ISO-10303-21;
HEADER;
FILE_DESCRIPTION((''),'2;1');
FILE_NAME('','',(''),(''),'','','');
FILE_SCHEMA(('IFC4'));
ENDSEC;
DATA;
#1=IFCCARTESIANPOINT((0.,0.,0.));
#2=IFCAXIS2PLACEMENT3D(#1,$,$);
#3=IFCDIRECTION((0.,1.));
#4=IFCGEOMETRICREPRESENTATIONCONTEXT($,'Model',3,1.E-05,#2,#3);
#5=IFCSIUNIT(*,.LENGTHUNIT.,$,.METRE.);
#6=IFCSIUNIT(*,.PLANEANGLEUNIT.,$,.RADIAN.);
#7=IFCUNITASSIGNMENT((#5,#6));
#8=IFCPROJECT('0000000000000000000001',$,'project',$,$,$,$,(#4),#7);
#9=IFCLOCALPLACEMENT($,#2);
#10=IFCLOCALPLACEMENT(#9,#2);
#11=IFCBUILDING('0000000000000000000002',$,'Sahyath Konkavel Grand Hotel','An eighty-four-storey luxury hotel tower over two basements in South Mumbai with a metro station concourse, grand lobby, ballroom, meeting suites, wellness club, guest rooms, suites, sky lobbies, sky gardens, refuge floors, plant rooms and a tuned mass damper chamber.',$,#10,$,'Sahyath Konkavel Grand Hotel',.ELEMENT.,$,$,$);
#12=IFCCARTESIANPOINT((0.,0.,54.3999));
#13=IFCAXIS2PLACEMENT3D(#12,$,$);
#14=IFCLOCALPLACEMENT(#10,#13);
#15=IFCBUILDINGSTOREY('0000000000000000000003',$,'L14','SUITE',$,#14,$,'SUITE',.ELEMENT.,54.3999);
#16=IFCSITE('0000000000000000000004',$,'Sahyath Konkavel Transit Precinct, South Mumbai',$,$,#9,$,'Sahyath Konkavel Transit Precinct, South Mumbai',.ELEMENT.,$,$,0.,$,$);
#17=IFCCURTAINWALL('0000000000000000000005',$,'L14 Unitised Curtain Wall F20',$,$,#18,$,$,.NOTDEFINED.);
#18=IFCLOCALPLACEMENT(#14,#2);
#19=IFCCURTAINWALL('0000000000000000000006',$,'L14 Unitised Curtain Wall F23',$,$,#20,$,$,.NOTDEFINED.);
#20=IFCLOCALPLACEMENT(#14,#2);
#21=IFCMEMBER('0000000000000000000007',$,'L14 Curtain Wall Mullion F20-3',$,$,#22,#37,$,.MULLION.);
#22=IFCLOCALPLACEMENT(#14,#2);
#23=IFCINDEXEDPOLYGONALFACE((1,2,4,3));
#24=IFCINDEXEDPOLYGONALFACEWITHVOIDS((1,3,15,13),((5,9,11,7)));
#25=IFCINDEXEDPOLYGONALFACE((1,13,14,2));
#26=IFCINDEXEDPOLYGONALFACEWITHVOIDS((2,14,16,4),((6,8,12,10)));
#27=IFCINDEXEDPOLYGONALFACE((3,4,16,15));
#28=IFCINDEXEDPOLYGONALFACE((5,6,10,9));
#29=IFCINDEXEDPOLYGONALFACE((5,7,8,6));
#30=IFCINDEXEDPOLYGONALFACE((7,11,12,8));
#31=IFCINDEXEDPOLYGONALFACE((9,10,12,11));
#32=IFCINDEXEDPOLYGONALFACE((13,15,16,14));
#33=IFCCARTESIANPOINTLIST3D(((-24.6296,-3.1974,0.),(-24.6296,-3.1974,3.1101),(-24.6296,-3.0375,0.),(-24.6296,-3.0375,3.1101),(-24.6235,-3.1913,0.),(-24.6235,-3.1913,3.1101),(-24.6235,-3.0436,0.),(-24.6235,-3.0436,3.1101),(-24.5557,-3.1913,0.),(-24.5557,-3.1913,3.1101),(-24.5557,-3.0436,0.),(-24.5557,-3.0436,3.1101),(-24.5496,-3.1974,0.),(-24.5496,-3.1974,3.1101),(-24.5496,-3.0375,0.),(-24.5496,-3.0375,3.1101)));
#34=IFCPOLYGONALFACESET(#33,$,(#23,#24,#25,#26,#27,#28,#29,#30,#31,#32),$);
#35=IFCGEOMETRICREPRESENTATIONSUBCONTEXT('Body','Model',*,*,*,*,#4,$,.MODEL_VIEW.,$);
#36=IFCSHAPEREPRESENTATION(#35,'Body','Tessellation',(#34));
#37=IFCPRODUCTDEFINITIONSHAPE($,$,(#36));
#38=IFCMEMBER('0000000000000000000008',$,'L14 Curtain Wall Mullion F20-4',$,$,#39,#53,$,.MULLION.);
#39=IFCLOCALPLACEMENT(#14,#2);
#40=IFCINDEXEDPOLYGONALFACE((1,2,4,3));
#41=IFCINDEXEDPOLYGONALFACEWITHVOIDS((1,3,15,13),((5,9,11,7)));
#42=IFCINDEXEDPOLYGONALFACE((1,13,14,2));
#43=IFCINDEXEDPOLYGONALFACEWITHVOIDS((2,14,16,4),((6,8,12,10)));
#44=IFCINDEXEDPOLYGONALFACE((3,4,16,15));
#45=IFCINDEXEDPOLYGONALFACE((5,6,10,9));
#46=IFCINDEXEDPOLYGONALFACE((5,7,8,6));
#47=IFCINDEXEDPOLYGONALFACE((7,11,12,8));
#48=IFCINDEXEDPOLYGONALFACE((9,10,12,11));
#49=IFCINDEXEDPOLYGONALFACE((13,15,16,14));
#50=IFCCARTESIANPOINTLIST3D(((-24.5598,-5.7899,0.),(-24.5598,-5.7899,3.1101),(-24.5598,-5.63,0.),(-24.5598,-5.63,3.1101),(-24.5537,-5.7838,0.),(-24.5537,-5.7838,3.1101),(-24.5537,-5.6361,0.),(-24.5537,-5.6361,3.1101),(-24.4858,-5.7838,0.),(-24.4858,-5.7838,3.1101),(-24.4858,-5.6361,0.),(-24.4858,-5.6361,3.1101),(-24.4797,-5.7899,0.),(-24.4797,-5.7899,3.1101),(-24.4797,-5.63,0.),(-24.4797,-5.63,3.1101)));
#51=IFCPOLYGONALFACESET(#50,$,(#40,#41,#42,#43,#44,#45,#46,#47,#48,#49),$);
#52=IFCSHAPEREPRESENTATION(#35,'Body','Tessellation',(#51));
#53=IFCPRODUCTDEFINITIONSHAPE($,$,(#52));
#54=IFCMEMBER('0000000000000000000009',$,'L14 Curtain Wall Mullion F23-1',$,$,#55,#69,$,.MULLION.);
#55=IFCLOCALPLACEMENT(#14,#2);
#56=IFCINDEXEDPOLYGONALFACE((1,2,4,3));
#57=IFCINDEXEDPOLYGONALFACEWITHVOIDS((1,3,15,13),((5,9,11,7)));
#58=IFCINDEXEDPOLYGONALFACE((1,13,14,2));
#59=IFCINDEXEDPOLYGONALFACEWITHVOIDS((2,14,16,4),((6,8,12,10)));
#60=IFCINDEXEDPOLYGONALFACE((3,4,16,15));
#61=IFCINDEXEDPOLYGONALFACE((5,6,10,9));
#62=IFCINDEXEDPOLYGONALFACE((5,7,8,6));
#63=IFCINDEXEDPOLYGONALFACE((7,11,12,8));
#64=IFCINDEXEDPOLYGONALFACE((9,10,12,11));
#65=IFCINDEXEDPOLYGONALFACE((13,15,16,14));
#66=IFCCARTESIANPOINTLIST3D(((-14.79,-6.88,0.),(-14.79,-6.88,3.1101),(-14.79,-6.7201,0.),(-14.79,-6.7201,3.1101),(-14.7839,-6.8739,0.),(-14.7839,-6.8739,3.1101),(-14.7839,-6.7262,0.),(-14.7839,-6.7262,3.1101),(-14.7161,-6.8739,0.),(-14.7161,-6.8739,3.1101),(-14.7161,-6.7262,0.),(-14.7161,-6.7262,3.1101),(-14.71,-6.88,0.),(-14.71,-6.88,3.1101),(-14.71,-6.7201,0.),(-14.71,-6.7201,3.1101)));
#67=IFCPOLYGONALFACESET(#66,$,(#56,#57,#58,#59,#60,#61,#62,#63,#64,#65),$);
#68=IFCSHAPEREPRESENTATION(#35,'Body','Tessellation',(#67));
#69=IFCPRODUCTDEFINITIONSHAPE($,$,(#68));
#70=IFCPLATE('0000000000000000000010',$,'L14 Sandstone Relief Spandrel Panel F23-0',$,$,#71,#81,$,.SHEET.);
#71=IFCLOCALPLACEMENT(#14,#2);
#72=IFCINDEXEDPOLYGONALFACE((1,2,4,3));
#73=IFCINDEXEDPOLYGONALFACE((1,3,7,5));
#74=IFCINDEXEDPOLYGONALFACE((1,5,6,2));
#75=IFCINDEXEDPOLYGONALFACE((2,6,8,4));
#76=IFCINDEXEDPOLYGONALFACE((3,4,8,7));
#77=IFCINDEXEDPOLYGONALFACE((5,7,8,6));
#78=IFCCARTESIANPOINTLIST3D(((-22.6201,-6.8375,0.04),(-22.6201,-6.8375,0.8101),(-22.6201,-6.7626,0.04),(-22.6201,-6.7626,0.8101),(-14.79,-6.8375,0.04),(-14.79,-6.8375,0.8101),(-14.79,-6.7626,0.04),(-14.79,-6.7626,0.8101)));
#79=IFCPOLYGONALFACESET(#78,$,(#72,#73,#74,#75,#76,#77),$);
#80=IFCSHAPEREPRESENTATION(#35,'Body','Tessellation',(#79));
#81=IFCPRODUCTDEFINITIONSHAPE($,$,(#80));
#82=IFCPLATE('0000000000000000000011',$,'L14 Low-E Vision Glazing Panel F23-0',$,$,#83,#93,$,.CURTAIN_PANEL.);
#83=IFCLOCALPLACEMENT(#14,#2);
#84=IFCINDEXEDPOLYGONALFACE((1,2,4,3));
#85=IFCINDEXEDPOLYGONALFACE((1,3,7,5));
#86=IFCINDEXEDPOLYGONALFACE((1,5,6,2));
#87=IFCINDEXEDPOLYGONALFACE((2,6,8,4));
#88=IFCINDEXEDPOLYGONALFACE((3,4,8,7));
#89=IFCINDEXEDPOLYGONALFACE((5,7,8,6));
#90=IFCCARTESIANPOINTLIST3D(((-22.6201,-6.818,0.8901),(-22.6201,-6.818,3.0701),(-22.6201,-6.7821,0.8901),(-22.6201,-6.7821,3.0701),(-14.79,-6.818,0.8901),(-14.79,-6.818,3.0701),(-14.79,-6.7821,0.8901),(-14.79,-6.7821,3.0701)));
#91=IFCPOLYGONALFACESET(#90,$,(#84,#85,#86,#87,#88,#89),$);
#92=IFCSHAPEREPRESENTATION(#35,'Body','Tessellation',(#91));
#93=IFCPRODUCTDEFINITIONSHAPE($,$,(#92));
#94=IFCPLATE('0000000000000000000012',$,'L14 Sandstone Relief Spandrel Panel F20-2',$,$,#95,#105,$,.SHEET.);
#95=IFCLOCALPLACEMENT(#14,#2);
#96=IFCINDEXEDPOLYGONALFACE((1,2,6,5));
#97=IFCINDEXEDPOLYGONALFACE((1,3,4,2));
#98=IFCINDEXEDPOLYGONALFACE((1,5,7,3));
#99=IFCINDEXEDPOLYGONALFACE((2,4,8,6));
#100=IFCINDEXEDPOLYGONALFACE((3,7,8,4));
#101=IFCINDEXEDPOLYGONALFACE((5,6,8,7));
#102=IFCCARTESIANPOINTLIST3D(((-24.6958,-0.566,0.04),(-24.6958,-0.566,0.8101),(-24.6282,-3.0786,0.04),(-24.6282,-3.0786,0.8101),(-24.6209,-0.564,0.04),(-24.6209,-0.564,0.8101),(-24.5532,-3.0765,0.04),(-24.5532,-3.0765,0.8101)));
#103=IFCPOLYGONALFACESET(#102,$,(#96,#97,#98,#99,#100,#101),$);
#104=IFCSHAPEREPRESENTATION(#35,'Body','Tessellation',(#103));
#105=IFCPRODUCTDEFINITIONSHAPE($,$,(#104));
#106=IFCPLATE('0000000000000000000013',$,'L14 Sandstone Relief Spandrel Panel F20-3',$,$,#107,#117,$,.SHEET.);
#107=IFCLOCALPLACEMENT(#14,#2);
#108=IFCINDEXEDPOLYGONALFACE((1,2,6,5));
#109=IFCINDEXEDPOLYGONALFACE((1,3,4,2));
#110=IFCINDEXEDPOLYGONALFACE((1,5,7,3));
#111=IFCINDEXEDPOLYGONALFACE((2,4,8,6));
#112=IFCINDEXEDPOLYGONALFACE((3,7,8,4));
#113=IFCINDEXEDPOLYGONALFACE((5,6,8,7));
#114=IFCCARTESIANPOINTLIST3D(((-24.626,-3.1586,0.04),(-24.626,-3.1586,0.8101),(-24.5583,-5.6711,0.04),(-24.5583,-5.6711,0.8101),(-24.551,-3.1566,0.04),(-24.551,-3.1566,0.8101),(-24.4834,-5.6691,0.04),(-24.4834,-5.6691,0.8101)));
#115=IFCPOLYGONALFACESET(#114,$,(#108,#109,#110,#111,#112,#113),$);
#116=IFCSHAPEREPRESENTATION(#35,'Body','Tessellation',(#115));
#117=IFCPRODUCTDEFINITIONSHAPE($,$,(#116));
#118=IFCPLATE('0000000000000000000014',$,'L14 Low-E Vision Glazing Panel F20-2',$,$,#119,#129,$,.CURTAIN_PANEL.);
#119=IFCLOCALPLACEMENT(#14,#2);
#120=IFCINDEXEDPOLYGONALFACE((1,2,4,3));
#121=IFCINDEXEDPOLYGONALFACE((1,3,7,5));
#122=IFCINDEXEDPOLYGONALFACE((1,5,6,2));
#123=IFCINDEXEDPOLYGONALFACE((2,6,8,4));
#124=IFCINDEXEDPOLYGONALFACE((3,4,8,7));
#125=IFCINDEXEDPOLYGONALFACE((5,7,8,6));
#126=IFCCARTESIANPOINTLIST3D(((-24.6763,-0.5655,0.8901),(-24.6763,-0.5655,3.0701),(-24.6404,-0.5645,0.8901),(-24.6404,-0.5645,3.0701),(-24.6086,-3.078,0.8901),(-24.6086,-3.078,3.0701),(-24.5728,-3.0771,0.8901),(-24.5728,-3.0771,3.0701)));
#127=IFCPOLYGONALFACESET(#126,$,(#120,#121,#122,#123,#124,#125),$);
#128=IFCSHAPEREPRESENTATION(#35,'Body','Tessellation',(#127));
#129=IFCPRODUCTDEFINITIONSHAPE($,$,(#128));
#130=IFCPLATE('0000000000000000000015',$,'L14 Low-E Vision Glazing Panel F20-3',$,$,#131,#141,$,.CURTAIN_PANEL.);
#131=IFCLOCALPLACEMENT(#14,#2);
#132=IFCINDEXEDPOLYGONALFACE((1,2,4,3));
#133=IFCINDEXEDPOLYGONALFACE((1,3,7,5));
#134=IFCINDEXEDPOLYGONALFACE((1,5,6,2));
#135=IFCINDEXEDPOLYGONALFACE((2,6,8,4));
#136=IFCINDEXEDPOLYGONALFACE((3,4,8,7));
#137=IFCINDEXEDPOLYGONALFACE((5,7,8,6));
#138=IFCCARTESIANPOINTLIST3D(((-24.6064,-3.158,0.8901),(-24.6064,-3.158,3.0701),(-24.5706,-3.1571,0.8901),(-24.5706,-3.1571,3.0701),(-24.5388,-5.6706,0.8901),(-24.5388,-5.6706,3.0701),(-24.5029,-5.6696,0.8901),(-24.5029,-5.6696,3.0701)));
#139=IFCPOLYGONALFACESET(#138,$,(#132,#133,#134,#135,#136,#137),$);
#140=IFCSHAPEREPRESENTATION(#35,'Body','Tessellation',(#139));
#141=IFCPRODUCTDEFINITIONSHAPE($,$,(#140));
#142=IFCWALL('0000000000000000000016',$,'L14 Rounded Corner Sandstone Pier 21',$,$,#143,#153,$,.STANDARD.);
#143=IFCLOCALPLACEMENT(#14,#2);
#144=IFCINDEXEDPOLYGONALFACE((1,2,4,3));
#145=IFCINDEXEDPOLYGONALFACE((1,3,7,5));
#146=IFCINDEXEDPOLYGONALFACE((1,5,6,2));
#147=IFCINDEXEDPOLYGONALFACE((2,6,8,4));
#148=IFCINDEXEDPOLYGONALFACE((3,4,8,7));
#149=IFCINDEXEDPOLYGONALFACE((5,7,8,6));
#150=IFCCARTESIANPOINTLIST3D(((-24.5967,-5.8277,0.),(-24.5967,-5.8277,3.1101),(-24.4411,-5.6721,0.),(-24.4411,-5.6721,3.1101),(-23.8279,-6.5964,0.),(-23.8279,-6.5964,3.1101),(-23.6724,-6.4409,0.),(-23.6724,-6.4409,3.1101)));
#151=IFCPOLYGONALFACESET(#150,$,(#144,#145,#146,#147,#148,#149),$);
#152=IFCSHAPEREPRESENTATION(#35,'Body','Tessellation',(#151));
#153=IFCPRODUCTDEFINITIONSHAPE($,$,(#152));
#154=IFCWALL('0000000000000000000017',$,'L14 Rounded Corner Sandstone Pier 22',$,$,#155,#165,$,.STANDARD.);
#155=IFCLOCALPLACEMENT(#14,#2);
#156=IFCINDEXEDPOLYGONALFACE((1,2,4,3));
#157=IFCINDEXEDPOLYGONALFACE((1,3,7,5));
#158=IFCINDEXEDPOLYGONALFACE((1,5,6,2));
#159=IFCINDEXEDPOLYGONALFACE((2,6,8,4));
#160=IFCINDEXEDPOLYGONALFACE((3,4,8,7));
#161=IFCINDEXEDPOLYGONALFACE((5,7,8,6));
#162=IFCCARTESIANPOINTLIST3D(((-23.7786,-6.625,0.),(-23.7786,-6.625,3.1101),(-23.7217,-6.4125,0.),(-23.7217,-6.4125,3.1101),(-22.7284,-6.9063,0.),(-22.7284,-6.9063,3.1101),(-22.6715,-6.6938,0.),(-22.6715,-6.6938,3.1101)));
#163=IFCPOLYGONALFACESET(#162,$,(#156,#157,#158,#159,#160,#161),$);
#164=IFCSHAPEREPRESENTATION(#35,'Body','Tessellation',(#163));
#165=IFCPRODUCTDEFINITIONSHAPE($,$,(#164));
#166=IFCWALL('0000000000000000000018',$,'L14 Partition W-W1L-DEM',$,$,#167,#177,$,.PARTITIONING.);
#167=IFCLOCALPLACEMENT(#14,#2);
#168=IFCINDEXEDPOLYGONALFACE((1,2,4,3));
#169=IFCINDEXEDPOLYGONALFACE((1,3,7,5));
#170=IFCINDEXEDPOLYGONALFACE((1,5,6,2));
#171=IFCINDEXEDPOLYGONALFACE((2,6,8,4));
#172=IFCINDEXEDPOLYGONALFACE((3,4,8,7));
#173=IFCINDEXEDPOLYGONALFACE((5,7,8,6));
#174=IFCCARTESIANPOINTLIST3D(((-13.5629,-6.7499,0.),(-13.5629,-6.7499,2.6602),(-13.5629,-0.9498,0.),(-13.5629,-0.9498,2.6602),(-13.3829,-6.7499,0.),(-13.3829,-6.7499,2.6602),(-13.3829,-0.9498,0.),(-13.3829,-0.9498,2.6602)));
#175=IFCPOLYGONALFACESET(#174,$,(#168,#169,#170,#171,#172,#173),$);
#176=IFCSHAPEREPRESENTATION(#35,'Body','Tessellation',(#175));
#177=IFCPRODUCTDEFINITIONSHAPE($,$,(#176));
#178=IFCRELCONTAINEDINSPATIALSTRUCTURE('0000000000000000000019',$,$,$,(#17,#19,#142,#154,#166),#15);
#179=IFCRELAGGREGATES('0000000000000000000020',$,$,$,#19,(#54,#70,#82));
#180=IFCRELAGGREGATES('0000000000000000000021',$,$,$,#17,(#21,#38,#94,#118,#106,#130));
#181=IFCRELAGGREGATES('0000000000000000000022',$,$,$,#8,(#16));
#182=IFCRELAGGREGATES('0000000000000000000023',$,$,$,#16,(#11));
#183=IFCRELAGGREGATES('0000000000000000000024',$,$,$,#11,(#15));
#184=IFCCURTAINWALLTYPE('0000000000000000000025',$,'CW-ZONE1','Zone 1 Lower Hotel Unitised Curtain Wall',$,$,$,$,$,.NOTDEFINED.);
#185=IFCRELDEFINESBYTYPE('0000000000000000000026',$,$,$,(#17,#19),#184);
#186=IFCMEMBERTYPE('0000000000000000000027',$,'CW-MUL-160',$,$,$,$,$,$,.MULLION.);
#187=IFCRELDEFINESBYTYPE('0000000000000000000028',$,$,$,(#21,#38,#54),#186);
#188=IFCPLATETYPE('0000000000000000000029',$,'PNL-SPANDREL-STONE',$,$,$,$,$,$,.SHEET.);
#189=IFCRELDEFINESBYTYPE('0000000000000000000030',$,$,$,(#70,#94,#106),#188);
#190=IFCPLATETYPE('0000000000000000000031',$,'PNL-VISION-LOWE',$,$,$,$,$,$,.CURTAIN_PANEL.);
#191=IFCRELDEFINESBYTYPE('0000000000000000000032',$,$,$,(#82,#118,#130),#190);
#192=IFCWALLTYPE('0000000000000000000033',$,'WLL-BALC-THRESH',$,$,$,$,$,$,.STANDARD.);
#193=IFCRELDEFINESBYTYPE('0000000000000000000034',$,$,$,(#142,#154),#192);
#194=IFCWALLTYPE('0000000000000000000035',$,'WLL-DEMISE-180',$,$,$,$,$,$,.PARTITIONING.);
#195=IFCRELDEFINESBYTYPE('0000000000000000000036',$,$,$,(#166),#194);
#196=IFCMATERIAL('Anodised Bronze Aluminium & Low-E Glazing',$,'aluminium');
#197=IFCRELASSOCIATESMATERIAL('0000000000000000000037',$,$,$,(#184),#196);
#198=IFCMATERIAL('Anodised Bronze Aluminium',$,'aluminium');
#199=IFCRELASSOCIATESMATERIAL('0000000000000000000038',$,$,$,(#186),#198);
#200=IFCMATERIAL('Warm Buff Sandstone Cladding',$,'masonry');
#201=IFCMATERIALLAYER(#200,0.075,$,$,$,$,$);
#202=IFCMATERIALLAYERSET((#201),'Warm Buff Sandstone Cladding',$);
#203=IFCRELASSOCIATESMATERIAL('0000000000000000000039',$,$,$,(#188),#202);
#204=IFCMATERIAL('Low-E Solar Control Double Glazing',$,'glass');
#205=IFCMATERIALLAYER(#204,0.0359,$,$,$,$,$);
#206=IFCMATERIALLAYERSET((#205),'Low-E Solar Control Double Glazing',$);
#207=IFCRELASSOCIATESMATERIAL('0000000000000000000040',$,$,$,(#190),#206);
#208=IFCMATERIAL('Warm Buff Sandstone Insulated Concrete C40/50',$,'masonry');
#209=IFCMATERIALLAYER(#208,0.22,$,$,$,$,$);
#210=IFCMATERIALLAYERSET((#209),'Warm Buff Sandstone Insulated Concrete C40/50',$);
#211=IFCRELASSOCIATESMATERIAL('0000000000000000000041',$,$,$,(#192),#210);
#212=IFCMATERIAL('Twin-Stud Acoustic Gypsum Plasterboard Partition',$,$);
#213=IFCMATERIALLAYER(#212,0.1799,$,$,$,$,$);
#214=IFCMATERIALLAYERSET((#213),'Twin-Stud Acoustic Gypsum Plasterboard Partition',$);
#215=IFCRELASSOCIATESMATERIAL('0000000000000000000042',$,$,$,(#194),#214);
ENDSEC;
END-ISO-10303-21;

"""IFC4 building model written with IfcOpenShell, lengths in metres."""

from ifc_helpers import new_model, si_unit, direction, frame, frame_2d, origin, origin_2d, place, context, subcontext, project, spatial, rectangle, hollow_rectangle, extrude, source, transform, mapped, material, layer, layer_set, material_profile, profile_set, type_object, element, aggregate, save


model = new_model("IFC4")

# Units and contexts
model_context = context("Model", 3, precision=1e-05, world=origin(), true_north=direction((0.0, 1.0)))
body_context = subcontext(model_context, "Body", "Model", "MODEL_VIEW")
ifc_project = project(units=[si_unit("LENGTHUNIT", "METRE"), si_unit("PLANEANGLEUNIT", "RADIAN")], contexts=[model_context])

# Site, building, storey
site_placement = place(None, origin())
site = spatial("IfcSite", under=ifc_project, at=site_placement, Name="Sahyath Konkavel Transit Precinct, South Mumbai", LongName="Sahyath Konkavel Transit Precinct, South Mumbai", CompositionType="ELEMENT", RefElevation=0.0)
building_placement = place(site_placement, origin())
building = spatial("IfcBuilding", under=site, at=building_placement, Name="Sahyath Konkavel Grand Hotel", Description="An eighty-four-storey luxury hotel tower over two basements in South Mumbai with a metro station concourse, grand lobby, ballroom, meeting suites, wellness club, guest rooms, suites, sky lobbies, sky gardens, refuge floors, plant rooms and a tuned mass damper chamber.", LongName="Sahyath Konkavel Grand Hotel", CompositionType="ELEMENT")
storey_placement = place(building_placement, frame((0.0, 0.0, 54.3999)))
storey = spatial("IfcBuildingStorey", under=building, at=storey_placement, Name="L14", Description="SUITE", LongName="SUITE", CompositionType="ELEMENT", Elevation=54.3999)

# Curtain wall
ifc_material_1 = material(Name="Anodised Bronze Aluminium & Low-E Glazing", Category="aluminium")
curtain_wall_type = type_object("IfcCurtainWallType", Name="CW-ZONE1", Description="Zone 1 Lower Hotel Unitised Curtain Wall", PredefinedType="NOTDEFINED", material=ifc_material_1)
curtain_wall_1_placement = place(storey_placement, origin())
curtain_wall_1 = element("IfcCurtainWall", 1, at=curtain_wall_1_placement, inside=storey, type_object=curtain_wall_type, Name="L14 Unitised Curtain Wall F20", PredefinedType="NOTDEFINED")

# Curtain wall
curtain_wall_2_placement = place(storey_placement, origin())
curtain_wall_2 = element("IfcCurtainWall", 2, at=curtain_wall_2_placement, inside=storey, type_object=curtain_wall_type, Name="L14 Unitised Curtain Wall F23", PredefinedType="NOTDEFINED")
ifc_material_2 = material(Name="Anodised Bronze Aluminium", Category="aluminium")

# Members
ifc_material_profile_1 = material_profile(ifc_material_2, hollow_rectangle(XDim=0.0801, YDim=0.1599, WallThickness=0.0061, at=origin_2d()), Name="RHS 160x80x6")
ifc_profile_set_1 = profile_set([ifc_material_profile_1], Name="Anodised Bronze Aluminium")
member_type_1 = type_object("IfcMemberType", Name="CW-MUL-160", PredefinedType="MULLION", material=ifc_profile_set_1)
shared_shape_1 = source(origin(), body_context, "Body", "SweptSolid", [
    extrude(hollow_rectangle(XDim=0.0801, YDim=0.1599, WallThickness=0.0061, at=origin_2d()), origin(), (0.0, 0.0, 1.0), 3.1101),
])
member_1_placement = place(storey_placement, frame((-24.5896, -3.1174, 0.0), z_axis=(0.0, 0.0, 1.0), x_axis=(1.0, 0.0, 0.0)))
member_1 = element("IfcMember", 3, at=member_1_placement, type_object=member_type_1, Name="L14 Curtain Wall Mullion F20-3", PredefinedType="MULLION", context=body_context, shape_type="MappedRepresentation", body=[
    mapped(shared_shape_1, transform((0.0, 0.0, 0.0), scale=1.0)),
])
member_2_placement = place(storey_placement, frame((-24.5198, -5.71, 0.0), z_axis=(0.0, 0.0, 1.0), x_axis=(1.0, 0.0, 0.0)))
member_2 = element("IfcMember", 4, at=member_2_placement, type_object=member_type_1, Name="L14 Curtain Wall Mullion F20-4", PredefinedType="MULLION", context=body_context, shape_type="MappedRepresentation", body=[
    mapped(shared_shape_1, transform((0.0, 0.0, 0.0), scale=1.0)),
])
member_3_placement = place(storey_placement, frame((-14.75, -6.8, 0.0), z_axis=(0.0, 0.0, 1.0), x_axis=(1.0, 0.0, 0.0)))
member_3 = element("IfcMember", 5, at=member_3_placement, type_object=member_type_1, Name="L14 Curtain Wall Mullion F23-1", PredefinedType="MULLION", context=body_context, shape_type="MappedRepresentation", body=[
    mapped(shared_shape_1, transform((0.0, 0.0, 0.0), scale=1.0)),
])

# Plates
ifc_material_3 = material(Name="Warm Buff Sandstone Cladding", Category="masonry")
ifc_layer_1 = layer(ifc_material_3, 0.075)
ifc_layer_set_1 = layer_set([ifc_layer_1], Name="Warm Buff Sandstone Cladding")
plate_type_1 = type_object("IfcPlateType", Name="PNL-SPANDREL-STONE", PredefinedType="SHEET", material=ifc_layer_set_1)
shared_shape_2 = source(origin(), body_context, "Body", "SweptSolid", [
    extrude(rectangle(XDim=7.8301, YDim=0.075, at=origin_2d()), origin(), (0.0, 0.0, 1.0), 0.77),
])
plate_1_placement = place(storey_placement, frame((-18.7051, -6.8, 0.04), z_axis=(0.0, 0.0, 1.0), x_axis=(1.0, 0.0, 0.0)))
plate_1 = element("IfcPlate", 6, at=plate_1_placement, type_object=plate_type_1, Name="L14 Sandstone Relief Spandrel Panel F23-0", PredefinedType="SHEET", context=body_context, shape_type="MappedRepresentation", body=[
    mapped(shared_shape_2, transform((0.0, 0.0, 0.0), scale=1.0)),
])
ifc_material_4 = material(Name="Low-E Solar Control Double Glazing", Category="glass")
ifc_layer_2 = layer(ifc_material_4, 0.0359)
ifc_layer_set_2 = layer_set([ifc_layer_2], Name="Low-E Solar Control Double Glazing")
plate_type_2 = type_object("IfcPlateType", Name="PNL-VISION-LOWE", PredefinedType="CURTAIN_PANEL", material=ifc_layer_set_2)
shared_shape_3 = source(origin(), body_context, "Body", "SweptSolid", [
    extrude(rectangle(XDim=7.8301, YDim=0.0359, at=origin_2d()), origin(), (0.0, 0.0, 1.0), 2.1799),
])
plate_2_placement = place(storey_placement, frame((-18.7051, -6.8, 0.8901), z_axis=(0.0, 0.0, 1.0), x_axis=(1.0, 0.0, 0.0)))
plate_2 = element("IfcPlate", 7, at=plate_2_placement, type_object=plate_type_2, Name="L14 Low-E Vision Glazing Panel F23-0", PredefinedType="CURTAIN_PANEL", context=body_context, shape_type="MappedRepresentation", body=[
    mapped(shared_shape_3, transform((0.0, 0.0, 0.0), scale=1.0)),
])
aggregate(curtain_wall_2, [member_3, plate_1, plate_2])
shared_shape_4 = source(origin(), body_context, "Body", "SweptSolid", [
    extrude(rectangle(XDim=2.5134, YDim=0.075, at=origin_2d()), origin(), (0.0, 0.0, 1.0), 0.77),
])
plate_3_placement = place(storey_placement, frame((-24.6245, -1.8213, 0.04), z_axis=(0.0, 0.0, 1.0), x_axis=(0.02691, -0.999638, 0.0)))
plate_3 = element("IfcPlate", 8, at=plate_3_placement, type_object=plate_type_1, Name="L14 Sandstone Relief Spandrel Panel F20-2", PredefinedType="SHEET", context=body_context, shape_type="MappedRepresentation", body=[
    mapped(shared_shape_4, transform((0.0, 0.0, 0.0), scale=1.0)),
])
plate_4_placement = place(storey_placement, frame((-24.5547, -4.4138, 0.04), z_axis=(0.0, 0.0, 1.0), x_axis=(0.02691, -0.999638, 0.0)))
plate_4 = element("IfcPlate", 9, at=plate_4_placement, type_object=plate_type_1, Name="L14 Sandstone Relief Spandrel Panel F20-3", PredefinedType="SHEET", context=body_context, shape_type="MappedRepresentation", body=[
    mapped(shared_shape_4, transform((0.0, 0.0, 0.0), scale=1.0)),
])
shared_shape_5 = source(origin(), body_context, "Body", "SweptSolid", [
    extrude(rectangle(XDim=2.5134, YDim=0.0359, at=origin_2d()), origin(), (0.0, 0.0, 1.0), 2.1799),
])
plate_5_placement = place(storey_placement, frame((-24.6245, -1.8213, 0.8901), z_axis=(0.0, 0.0, 1.0), x_axis=(0.02691, -0.999638, 0.0)))
plate_5 = element("IfcPlate", 10, at=plate_5_placement, type_object=plate_type_2, Name="L14 Low-E Vision Glazing Panel F20-2", PredefinedType="CURTAIN_PANEL", context=body_context, shape_type="MappedRepresentation", body=[
    mapped(shared_shape_5, transform((0.0, 0.0, 0.0), scale=1.0)),
])
plate_6_placement = place(storey_placement, frame((-24.5547, -4.4138, 0.8901), z_axis=(0.0, 0.0, 1.0), x_axis=(0.02691, -0.999638, 0.0)))
plate_6 = element("IfcPlate", 11, at=plate_6_placement, type_object=plate_type_2, Name="L14 Low-E Vision Glazing Panel F20-3", PredefinedType="CURTAIN_PANEL", context=body_context, shape_type="MappedRepresentation", body=[
    mapped(shared_shape_5, transform((0.0, 0.0, 0.0), scale=1.0)),
])
aggregate(curtain_wall_1, [member_1, member_2, plate_3, plate_5, plate_4, plate_6])

# Walls
ifc_material_5 = material(Name="Warm Buff Sandstone Insulated Concrete C40/50", Category="masonry")
ifc_layer_3 = layer(ifc_material_5, 0.22)
ifc_layer_set_3 = layer_set([ifc_layer_3], Name="Warm Buff Sandstone Insulated Concrete C40/50")
wall_type_1 = type_object("IfcWallType", Name="WLL-BALC-THRESH", PredefinedType="STANDARD", material=ifc_layer_set_3)
for number, where, z_axis, x_axis, name in (
    (12, (-24.5188, -5.75, 0.0), (0.0, 0.0, 1.0), (0.707107, -0.707107, 0.0), "L14 Rounded Corner Sandstone Pier 21"),
    (13, (-23.75, -6.5188, 0.0), (0.0, 0.0, 1.0), (0.965951, -0.258725, 0.0), "L14 Rounded Corner Sandstone Pier 22"),
):
    element("IfcWall", number, at=place(storey_placement, frame(where, z_axis=z_axis, x_axis=x_axis)), inside=storey, type_object=wall_type_1, Name=name, PredefinedType="STANDARD", context=body_context, shape_type="SweptSolid", body=[
        extrude(rectangle(XDim=1.0872, YDim=0.22, at=frame_2d((0.5435, 0.0))), origin(), (0.0, 0.0, 1.0), 3.1101),
    ])
ifc_material_6 = material(Name="Twin-Stud Acoustic Gypsum Plasterboard Partition")
ifc_layer_4 = layer(ifc_material_6, 0.1799)
ifc_layer_set_4 = layer_set([ifc_layer_4], Name="Twin-Stud Acoustic Gypsum Plasterboard Partition")
wall_type_2 = type_object("IfcWallType", Name="WLL-DEMISE-180", PredefinedType="PARTITIONING", material=ifc_layer_set_4)
wall_1_placement = place(storey_placement, frame((-13.4729, -0.95, 0.0), z_axis=(0.0, 0.0, 1.0), x_axis=(0.0, -1.0, 0.0)))
element("IfcWall", 14, at=wall_1_placement, inside=storey, type_object=wall_type_2, Name="L14 Partition W-W1L-DEM", PredefinedType="PARTITIONING", context=body_context, shape_type="SweptSolid", body=[
    extrude(rectangle(XDim=5.8, YDim=0.1799, at=frame_2d((2.8999, 0.0))), origin(), (0.0, 0.0, 1.0), 2.6602),
])

save(model, "model.ifc")
